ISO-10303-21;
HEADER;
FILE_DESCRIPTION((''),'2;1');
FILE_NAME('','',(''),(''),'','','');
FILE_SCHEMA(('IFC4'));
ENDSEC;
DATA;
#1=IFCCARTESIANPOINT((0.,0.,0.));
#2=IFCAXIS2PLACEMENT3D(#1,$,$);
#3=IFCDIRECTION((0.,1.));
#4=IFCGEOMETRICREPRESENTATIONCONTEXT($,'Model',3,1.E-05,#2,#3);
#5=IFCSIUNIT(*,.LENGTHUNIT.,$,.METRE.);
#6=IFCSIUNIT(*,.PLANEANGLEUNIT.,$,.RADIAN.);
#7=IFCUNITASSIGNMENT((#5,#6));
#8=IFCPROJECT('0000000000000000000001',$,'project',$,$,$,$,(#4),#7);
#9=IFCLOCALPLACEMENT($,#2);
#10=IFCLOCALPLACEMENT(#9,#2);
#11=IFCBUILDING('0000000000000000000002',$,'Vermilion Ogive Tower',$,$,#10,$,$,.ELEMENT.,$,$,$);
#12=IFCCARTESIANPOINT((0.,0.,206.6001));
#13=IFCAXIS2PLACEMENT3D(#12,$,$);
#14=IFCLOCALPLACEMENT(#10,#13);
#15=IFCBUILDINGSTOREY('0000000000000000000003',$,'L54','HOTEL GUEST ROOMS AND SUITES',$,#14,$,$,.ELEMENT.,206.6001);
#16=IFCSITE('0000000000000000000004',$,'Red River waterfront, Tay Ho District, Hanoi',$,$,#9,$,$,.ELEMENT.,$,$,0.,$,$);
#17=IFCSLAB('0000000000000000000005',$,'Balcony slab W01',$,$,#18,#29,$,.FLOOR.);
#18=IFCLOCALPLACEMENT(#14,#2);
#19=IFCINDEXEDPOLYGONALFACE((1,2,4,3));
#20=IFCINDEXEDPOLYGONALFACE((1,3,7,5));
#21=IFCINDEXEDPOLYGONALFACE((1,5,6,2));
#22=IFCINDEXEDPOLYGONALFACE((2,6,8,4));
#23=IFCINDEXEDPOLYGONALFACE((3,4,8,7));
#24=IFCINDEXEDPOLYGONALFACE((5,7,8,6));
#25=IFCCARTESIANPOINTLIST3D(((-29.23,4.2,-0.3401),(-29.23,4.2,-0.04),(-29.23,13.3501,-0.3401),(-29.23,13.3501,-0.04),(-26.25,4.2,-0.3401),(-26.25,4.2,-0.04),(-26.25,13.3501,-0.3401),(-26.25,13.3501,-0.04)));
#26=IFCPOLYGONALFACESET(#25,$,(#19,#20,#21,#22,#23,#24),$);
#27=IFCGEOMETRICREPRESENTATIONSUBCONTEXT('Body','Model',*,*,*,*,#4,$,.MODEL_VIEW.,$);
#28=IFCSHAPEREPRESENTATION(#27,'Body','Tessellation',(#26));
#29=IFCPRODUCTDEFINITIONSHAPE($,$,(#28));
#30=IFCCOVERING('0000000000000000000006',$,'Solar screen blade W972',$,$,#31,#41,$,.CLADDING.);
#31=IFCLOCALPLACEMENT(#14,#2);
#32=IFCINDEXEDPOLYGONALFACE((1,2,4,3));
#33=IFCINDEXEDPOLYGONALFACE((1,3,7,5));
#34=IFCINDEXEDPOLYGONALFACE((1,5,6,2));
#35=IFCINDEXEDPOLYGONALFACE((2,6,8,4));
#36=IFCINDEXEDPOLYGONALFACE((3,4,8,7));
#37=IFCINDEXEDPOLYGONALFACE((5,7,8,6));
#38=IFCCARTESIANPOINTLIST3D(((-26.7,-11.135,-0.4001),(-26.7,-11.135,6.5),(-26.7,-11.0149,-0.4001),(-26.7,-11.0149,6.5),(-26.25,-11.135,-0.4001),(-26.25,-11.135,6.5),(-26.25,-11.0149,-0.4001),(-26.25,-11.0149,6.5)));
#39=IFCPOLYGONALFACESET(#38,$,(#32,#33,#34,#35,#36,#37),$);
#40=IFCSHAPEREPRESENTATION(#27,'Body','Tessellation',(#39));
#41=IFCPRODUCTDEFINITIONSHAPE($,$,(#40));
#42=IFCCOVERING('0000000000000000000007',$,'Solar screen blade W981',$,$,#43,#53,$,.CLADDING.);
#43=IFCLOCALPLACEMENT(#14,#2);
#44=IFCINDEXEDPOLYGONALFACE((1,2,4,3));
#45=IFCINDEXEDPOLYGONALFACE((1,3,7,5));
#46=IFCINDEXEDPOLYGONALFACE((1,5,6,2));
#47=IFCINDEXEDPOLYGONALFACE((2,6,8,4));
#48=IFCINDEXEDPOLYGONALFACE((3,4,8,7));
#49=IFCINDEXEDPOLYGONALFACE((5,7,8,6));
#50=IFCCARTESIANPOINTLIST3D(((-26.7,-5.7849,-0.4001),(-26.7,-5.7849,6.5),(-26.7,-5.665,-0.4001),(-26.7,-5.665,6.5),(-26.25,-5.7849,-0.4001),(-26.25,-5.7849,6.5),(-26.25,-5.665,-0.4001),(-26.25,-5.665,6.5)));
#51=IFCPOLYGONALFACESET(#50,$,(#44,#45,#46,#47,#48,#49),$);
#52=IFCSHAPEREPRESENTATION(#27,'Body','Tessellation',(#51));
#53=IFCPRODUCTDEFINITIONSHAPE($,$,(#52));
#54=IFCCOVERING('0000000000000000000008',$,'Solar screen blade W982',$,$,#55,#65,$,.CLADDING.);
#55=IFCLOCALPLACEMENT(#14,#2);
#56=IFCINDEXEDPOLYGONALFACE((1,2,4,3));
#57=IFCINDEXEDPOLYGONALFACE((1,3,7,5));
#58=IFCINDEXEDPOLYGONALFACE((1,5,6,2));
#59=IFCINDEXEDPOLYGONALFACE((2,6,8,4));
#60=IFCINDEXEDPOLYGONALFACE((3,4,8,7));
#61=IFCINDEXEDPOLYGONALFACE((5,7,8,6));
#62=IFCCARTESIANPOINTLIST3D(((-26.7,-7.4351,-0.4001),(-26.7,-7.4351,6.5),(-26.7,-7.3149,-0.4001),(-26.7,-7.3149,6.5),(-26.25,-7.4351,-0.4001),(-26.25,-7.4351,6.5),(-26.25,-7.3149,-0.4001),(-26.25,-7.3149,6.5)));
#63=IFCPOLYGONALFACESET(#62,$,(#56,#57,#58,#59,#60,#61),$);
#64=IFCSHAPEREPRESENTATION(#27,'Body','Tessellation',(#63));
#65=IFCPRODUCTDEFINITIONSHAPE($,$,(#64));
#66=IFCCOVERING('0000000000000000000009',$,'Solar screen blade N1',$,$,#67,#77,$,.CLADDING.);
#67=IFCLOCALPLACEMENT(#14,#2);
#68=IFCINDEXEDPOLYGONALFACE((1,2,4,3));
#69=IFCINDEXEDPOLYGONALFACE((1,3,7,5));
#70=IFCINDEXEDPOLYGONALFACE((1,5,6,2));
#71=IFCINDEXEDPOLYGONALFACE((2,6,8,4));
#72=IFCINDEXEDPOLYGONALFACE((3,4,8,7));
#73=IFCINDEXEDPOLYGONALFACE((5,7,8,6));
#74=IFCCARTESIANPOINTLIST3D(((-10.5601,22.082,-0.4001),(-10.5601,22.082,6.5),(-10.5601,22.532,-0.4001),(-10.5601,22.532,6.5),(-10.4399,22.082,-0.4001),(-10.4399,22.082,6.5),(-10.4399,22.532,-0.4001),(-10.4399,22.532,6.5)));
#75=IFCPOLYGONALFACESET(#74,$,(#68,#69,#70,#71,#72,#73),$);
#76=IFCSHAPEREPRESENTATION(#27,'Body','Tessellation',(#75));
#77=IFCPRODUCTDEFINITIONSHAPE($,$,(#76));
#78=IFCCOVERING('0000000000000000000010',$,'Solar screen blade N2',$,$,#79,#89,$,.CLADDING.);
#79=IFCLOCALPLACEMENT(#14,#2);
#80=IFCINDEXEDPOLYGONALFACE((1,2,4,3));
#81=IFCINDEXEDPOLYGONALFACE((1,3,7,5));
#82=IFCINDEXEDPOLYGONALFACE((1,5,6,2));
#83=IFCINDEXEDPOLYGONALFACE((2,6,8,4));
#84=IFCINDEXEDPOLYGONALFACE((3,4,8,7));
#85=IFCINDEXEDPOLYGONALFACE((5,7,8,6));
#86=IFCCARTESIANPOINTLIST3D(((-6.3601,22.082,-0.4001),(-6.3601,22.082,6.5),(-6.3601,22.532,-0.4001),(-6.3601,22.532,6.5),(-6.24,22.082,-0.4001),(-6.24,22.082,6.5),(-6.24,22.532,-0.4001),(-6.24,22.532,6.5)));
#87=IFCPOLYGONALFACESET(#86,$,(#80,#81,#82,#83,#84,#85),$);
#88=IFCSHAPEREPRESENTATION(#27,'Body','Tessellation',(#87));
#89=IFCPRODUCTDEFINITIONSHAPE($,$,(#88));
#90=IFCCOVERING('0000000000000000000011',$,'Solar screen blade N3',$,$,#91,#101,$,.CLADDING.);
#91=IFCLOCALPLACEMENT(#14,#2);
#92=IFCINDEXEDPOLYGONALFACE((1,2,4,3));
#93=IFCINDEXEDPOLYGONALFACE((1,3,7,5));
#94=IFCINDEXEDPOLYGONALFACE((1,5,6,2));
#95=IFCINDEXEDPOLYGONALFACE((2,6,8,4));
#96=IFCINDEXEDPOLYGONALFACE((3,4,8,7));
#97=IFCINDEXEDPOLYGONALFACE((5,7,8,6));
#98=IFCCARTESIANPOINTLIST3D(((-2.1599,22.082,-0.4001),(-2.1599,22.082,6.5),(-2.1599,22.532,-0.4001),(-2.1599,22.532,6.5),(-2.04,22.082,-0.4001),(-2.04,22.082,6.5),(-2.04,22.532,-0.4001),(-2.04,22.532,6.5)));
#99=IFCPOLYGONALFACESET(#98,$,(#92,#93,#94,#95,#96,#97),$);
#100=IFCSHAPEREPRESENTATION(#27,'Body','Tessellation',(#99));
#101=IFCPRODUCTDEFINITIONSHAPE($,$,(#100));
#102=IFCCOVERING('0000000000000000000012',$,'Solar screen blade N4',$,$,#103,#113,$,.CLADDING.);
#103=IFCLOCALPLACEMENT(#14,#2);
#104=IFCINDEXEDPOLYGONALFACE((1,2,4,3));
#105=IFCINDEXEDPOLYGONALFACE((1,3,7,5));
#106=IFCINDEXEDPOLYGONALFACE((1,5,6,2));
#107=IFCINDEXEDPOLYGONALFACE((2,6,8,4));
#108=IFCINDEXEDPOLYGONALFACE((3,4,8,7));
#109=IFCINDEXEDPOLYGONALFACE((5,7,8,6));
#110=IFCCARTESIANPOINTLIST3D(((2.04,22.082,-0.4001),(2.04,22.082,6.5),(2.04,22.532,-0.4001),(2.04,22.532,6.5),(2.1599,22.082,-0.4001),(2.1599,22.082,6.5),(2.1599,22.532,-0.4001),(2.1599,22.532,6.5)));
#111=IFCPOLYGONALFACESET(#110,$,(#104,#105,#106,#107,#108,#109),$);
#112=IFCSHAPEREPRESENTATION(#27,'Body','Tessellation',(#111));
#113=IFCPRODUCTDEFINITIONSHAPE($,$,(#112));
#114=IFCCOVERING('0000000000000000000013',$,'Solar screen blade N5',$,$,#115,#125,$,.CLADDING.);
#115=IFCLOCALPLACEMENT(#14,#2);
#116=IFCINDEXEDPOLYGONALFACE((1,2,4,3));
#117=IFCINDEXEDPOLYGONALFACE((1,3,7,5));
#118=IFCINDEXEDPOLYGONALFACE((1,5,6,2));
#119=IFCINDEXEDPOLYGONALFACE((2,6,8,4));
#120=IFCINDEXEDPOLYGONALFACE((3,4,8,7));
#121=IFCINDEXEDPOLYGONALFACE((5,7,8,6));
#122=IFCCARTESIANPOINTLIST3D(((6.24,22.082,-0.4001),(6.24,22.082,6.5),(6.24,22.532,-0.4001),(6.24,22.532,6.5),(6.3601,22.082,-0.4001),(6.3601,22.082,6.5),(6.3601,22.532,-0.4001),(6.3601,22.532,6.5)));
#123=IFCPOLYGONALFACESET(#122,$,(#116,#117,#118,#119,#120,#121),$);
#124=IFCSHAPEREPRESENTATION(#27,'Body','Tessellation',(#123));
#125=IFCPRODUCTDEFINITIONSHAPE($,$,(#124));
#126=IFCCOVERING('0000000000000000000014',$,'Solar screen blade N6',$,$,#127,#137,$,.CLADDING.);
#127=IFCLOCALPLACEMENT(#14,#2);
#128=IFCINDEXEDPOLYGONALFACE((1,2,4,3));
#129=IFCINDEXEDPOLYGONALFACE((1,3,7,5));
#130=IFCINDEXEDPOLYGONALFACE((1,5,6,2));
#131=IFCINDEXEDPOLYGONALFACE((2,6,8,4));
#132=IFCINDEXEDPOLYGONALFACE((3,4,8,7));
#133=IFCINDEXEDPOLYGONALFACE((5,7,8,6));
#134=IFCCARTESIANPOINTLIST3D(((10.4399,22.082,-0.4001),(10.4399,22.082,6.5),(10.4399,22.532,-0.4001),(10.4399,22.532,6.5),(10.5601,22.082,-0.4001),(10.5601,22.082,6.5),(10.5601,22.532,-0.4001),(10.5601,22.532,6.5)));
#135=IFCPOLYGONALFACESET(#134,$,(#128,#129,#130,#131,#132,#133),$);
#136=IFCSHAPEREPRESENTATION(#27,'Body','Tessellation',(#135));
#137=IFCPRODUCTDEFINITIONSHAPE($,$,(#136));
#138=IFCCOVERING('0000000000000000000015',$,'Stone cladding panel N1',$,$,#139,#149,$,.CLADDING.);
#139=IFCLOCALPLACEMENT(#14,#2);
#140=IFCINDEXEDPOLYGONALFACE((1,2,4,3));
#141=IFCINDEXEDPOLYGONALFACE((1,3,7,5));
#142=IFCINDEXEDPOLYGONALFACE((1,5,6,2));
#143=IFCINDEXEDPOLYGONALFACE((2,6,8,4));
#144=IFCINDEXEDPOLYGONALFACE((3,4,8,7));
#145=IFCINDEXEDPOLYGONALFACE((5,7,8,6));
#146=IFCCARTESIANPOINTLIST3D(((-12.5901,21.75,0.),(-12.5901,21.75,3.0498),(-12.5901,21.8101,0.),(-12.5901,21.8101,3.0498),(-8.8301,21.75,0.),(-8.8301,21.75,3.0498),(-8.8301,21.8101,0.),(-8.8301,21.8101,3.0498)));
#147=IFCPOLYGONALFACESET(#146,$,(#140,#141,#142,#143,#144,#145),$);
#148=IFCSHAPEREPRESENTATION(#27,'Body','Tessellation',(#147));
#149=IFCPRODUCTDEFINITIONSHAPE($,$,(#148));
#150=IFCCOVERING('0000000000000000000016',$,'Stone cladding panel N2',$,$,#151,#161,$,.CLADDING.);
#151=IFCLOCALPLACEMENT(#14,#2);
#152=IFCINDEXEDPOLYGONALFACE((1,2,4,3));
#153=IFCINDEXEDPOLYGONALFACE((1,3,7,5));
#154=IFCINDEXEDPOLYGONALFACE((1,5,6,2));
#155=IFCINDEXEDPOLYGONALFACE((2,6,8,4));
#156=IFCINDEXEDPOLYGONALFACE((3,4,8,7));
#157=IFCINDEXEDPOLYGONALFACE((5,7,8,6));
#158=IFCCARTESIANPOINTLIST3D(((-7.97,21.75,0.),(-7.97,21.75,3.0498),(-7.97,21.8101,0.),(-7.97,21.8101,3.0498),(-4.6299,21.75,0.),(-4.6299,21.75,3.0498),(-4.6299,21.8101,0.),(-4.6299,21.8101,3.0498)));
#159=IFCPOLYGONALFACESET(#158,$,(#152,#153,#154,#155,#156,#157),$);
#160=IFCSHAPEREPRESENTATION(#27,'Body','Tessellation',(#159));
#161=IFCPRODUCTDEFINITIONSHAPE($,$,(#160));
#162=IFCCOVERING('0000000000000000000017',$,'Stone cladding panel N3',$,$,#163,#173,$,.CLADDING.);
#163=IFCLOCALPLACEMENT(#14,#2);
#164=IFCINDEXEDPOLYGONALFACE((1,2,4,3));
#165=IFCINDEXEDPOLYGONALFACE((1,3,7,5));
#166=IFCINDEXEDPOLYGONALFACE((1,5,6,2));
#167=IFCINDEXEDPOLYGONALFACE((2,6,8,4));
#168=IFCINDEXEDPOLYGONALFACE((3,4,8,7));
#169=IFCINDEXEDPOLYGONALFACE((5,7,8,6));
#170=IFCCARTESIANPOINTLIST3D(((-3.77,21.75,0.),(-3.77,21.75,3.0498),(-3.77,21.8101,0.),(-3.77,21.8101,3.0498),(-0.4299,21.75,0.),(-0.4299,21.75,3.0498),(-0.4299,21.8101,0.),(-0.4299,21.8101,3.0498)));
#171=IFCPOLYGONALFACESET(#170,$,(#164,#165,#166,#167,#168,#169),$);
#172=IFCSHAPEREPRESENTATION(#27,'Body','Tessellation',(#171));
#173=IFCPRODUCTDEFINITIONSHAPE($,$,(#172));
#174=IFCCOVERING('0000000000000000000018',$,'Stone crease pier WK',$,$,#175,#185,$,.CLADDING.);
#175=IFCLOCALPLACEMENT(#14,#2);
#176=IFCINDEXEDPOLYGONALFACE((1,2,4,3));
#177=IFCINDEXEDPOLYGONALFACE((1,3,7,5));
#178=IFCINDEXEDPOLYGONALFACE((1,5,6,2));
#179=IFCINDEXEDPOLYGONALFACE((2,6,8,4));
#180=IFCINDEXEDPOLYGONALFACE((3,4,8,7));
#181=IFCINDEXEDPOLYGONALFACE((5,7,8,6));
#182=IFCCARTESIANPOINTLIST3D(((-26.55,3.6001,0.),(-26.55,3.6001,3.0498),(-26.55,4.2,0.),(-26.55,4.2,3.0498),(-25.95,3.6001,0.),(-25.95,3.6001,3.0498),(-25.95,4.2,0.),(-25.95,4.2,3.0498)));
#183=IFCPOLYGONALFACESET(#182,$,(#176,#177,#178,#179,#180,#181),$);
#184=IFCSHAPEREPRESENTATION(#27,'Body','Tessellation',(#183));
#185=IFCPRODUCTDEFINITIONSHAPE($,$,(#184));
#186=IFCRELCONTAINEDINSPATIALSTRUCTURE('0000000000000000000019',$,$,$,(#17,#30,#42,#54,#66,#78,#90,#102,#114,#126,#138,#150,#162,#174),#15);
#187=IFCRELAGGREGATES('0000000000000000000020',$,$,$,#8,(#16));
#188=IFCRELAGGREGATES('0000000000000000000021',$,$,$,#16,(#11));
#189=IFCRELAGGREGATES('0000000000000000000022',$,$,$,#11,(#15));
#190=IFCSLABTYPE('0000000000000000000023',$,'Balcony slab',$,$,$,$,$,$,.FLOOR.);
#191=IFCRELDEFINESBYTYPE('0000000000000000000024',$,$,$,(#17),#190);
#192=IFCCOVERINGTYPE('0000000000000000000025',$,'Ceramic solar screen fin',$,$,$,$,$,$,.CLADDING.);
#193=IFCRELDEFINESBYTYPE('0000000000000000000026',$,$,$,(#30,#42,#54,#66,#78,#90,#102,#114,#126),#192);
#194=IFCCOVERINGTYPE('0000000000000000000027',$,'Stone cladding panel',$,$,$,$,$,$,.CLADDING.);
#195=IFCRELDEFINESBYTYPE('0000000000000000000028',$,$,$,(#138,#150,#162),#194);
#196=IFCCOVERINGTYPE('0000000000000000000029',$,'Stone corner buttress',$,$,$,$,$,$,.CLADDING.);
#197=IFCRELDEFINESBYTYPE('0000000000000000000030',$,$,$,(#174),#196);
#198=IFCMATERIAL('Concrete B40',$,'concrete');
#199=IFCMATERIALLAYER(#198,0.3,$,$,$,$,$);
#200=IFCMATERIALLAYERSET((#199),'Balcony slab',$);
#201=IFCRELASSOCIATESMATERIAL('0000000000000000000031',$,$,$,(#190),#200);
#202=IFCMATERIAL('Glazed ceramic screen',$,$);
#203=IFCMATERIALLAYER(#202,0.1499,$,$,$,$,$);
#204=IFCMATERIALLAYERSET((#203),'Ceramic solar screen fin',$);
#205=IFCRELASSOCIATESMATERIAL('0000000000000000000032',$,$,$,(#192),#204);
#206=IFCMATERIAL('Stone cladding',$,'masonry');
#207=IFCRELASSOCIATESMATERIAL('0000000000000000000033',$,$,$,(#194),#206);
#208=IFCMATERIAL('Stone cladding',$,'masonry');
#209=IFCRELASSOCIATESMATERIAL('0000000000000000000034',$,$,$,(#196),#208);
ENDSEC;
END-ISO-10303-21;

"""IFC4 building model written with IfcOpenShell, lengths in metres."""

from ifc_helpers import new_model, si_unit, direction, frame, origin, place, context, subcontext, project, spatial, polyline, outline, extrude, material, layer, layer_set, type_object, element, save


model = new_model("IFC4")

# Units and contexts
model_context = context("Model", 3, precision=1e-05, world=origin(), true_north=direction((0.0, 1.0)))
body_context = subcontext(model_context, "Body", "Model", "MODEL_VIEW")
ifc_project = project(units=[si_unit("LENGTHUNIT", "METRE"), si_unit("PLANEANGLEUNIT", "RADIAN")], contexts=[model_context])

# Site, building, storey
site_placement = place(None, origin())
site = spatial("IfcSite", under=ifc_project, at=site_placement, Name="Red River waterfront, Tay Ho District, Hanoi", CompositionType="ELEMENT", RefElevation=0.0)
building_placement = place(site_placement, origin())
building = spatial("IfcBuilding", under=site, at=building_placement, Name="Vermilion Ogive Tower", CompositionType="ELEMENT")
storey_placement = place(building_placement, frame((0.0, 0.0, 206.6001)))
storey = spatial("IfcBuildingStorey", under=building, at=storey_placement, Name="L54", Description="HOTEL GUEST ROOMS AND SUITES", CompositionType="ELEMENT", Elevation=206.6001)

# Slab
ifc_material_1 = material(Name="Concrete B40", Category="concrete")
ifc_layer_1 = layer(ifc_material_1, 0.3)
ifc_layer_set_1 = layer_set([ifc_layer_1], Name="Balcony slab")
slab_type = type_object("IfcSlabType", Name="Balcony slab", PredefinedType="FLOOR", material=ifc_layer_set_1)
slab_placement = place(storey_placement, frame((0.0, 0.0, -0.3401)))
element("IfcSlab", 1, at=slab_placement, inside=storey, type_object=slab_type, Name="Balcony slab W01", PredefinedType="FLOOR", context=body_context, shape_type="SweptSolid", body=[
    extrude(outline(polyline([(-29.23, 13.3501), (-29.23, 4.2), (-26.25, 4.2), (-26.25, 13.3501), (-29.23, 13.3501)])), origin(), (0.0, 0.0, 1.0), 0.3),
])

# Coverings
ifc_material_2 = material(Name="Glazed ceramic screen")
ifc_layer_2 = layer(ifc_material_2, 0.1499)
ifc_layer_set_2 = layer_set([ifc_layer_2], Name="Ceramic solar screen fin")
covering_type_1 = type_object("IfcCoveringType", Name="Ceramic solar screen fin", PredefinedType="CLADDING", material=ifc_layer_set_2)
covering_1_placement = place(storey_placement, frame((0.0, 0.0, -0.4001)))
element("IfcCovering", 2, at=covering_1_placement, inside=storey, type_object=covering_type_1, Name="Solar screen blade W972", PredefinedType="CLADDING", context=body_context, shape_type="SweptSolid", body=[
    extrude(outline(polyline([(-26.7, -11.0149), (-26.7, -11.135), (-26.25, -11.135), (-26.25, -11.0149), (-26.7, -11.0149)])), origin(), (0.0, 0.0, 1.0), 6.9001),
])
covering_2_placement = place(storey_placement, frame((0.0, 0.0, -0.4001)))
element("IfcCovering", 3, at=covering_2_placement, inside=storey, type_object=covering_type_1, Name="Solar screen blade W981", PredefinedType="CLADDING", context=body_context, shape_type="SweptSolid", body=[
    extrude(outline(polyline([(-26.7, -5.665), (-26.7, -5.7849), (-26.25, -5.7849), (-26.25, -5.665), (-26.7, -5.665)])), origin(), (0.0, 0.0, 1.0), 6.9001),
])
covering_3_placement = place(storey_placement, frame((0.0, 0.0, -0.4001)))
element("IfcCovering", 4, at=covering_3_placement, inside=storey, type_object=covering_type_1, Name="Solar screen blade W982", PredefinedType="CLADDING", context=body_context, shape_type="SweptSolid", body=[
    extrude(outline(polyline([(-26.7, -7.3149), (-26.7, -7.4351), (-26.25, -7.4351), (-26.25, -7.3149), (-26.7, -7.3149)])), origin(), (0.0, 0.0, 1.0), 6.9001),
])
covering_4_placement = place(storey_placement, frame((0.0, 0.0, -0.4001)))
element("IfcCovering", 5, at=covering_4_placement, inside=storey, type_object=covering_type_1, Name="Solar screen blade N1", PredefinedType="CLADDING", context=body_context, shape_type="SweptSolid", body=[
    extrude(outline(polyline([(-10.5601, 22.082), (-10.4399, 22.082), (-10.4399, 22.532), (-10.5601, 22.532), (-10.5601, 22.082)])), origin(), (0.0, 0.0, 1.0), 6.9001),
])
covering_5_placement = place(storey_placement, frame((0.0, 0.0, -0.4001)))
element("IfcCovering", 6, at=covering_5_placement, inside=storey, type_object=covering_type_1, Name="Solar screen blade N2", PredefinedType="CLADDING", context=body_context, shape_type="SweptSolid", body=[
    extrude(outline(polyline([(-6.3601, 22.082), (-6.24, 22.082), (-6.24, 22.532), (-6.3601, 22.532), (-6.3601, 22.082)])), origin(), (0.0, 0.0, 1.0), 6.9001),
])
covering_6_placement = place(storey_placement, frame((0.0, 0.0, -0.4001)))
element("IfcCovering", 7, at=covering_6_placement, inside=storey, type_object=covering_type_1, Name="Solar screen blade N3", PredefinedType="CLADDING", context=body_context, shape_type="SweptSolid", body=[
    extrude(outline(polyline([(-2.1599, 22.082), (-2.04, 22.082), (-2.04, 22.532), (-2.1599, 22.532), (-2.1599, 22.082)])), origin(), (0.0, 0.0, 1.0), 6.9001),
])
covering_7_placement = place(storey_placement, frame((0.0, 0.0, -0.4001)))
element("IfcCovering", 8, at=covering_7_placement, inside=storey, type_object=covering_type_1, Name="Solar screen blade N4", PredefinedType="CLADDING", context=body_context, shape_type="SweptSolid", body=[
    extrude(outline(polyline([(2.04, 22.082), (2.1599, 22.082), (2.1599, 22.532), (2.04, 22.532), (2.04, 22.082)])), origin(), (0.0, 0.0, 1.0), 6.9001),
])
covering_8_placement = place(storey_placement, frame((0.0, 0.0, -0.4001)))
element("IfcCovering", 9, at=covering_8_placement, inside=storey, type_object=covering_type_1, Name="Solar screen blade N5", PredefinedType="CLADDING", context=body_context, shape_type="SweptSolid", body=[
    extrude(outline(polyline([(6.24, 22.082), (6.3601, 22.082), (6.3601, 22.532), (6.24, 22.532), (6.24, 22.082)])), origin(), (0.0, 0.0, 1.0), 6.9001),
])
covering_9_placement = place(storey_placement, frame((0.0, 0.0, -0.4001)))
element("IfcCovering", 10, at=covering_9_placement, inside=storey, type_object=covering_type_1, Name="Solar screen blade N6", PredefinedType="CLADDING", context=body_context, shape_type="SweptSolid", body=[
    extrude(outline(polyline([(10.4399, 22.082), (10.5601, 22.082), (10.5601, 22.532), (10.4399, 22.532), (10.4399, 22.082)])), origin(), (0.0, 0.0, 1.0), 6.9001),
])
ifc_material_3 = material(Name="Stone cladding", Category="masonry")
covering_type_2 = type_object("IfcCoveringType", Name="Stone cladding panel", PredefinedType="CLADDING", material=ifc_material_3)
covering_10_placement = place(storey_placement, origin())
element("IfcCovering", 11, at=covering_10_placement, inside=storey, type_object=covering_type_2, Name="Stone cladding panel N1", PredefinedType="CLADDING", context=body_context, shape_type="SweptSolid", body=[
    extrude(outline(polyline([(-12.5901, 21.75), (-8.8301, 21.75), (-8.8301, 21.8101), (-12.5901, 21.8101), (-12.5901, 21.75)])), origin(), (0.0, 0.0, 1.0), 3.0498),
])
covering_11_placement = place(storey_placement, origin())
element("IfcCovering", 12, at=covering_11_placement, inside=storey, type_object=covering_type_2, Name="Stone cladding panel N2", PredefinedType="CLADDING", context=body_context, shape_type="SweptSolid", body=[
    extrude(outline(polyline([(-7.97, 21.75), (-4.6299, 21.75), (-4.6299, 21.8101), (-7.97, 21.8101), (-7.97, 21.75)])), origin(), (0.0, 0.0, 1.0), 3.0498),
])
covering_12_placement = place(storey_placement, origin())
element("IfcCovering", 13, at=covering_12_placement, inside=storey, type_object=covering_type_2, Name="Stone cladding panel N3", PredefinedType="CLADDING", context=body_context, shape_type="SweptSolid", body=[
    extrude(outline(polyline([(-3.77, 21.75), (-0.4299, 21.75), (-0.4299, 21.8101), (-3.77, 21.8101), (-3.77, 21.75)])), origin(), (0.0, 0.0, 1.0), 3.0498),
])
ifc_material_4 = material(Name="Stone cladding", Category="masonry")
covering_type_3 = type_object("IfcCoveringType", Name="Stone corner buttress", PredefinedType="CLADDING", material=ifc_material_4)
covering_13_placement = place(storey_placement, origin())
element("IfcCovering", 14, at=covering_13_placement, inside=storey, type_object=covering_type_3, Name="Stone crease pier WK", PredefinedType="CLADDING", context=body_context, shape_type="SweptSolid", body=[
    extrude(outline(polyline([(-26.55, 4.2), (-26.55, 3.6001), (-25.95, 3.6001), (-25.95, 4.2), (-26.55, 4.2)])), origin(), (0.0, 0.0, 1.0), 3.0498),
])

save(model, "model.ifc")
